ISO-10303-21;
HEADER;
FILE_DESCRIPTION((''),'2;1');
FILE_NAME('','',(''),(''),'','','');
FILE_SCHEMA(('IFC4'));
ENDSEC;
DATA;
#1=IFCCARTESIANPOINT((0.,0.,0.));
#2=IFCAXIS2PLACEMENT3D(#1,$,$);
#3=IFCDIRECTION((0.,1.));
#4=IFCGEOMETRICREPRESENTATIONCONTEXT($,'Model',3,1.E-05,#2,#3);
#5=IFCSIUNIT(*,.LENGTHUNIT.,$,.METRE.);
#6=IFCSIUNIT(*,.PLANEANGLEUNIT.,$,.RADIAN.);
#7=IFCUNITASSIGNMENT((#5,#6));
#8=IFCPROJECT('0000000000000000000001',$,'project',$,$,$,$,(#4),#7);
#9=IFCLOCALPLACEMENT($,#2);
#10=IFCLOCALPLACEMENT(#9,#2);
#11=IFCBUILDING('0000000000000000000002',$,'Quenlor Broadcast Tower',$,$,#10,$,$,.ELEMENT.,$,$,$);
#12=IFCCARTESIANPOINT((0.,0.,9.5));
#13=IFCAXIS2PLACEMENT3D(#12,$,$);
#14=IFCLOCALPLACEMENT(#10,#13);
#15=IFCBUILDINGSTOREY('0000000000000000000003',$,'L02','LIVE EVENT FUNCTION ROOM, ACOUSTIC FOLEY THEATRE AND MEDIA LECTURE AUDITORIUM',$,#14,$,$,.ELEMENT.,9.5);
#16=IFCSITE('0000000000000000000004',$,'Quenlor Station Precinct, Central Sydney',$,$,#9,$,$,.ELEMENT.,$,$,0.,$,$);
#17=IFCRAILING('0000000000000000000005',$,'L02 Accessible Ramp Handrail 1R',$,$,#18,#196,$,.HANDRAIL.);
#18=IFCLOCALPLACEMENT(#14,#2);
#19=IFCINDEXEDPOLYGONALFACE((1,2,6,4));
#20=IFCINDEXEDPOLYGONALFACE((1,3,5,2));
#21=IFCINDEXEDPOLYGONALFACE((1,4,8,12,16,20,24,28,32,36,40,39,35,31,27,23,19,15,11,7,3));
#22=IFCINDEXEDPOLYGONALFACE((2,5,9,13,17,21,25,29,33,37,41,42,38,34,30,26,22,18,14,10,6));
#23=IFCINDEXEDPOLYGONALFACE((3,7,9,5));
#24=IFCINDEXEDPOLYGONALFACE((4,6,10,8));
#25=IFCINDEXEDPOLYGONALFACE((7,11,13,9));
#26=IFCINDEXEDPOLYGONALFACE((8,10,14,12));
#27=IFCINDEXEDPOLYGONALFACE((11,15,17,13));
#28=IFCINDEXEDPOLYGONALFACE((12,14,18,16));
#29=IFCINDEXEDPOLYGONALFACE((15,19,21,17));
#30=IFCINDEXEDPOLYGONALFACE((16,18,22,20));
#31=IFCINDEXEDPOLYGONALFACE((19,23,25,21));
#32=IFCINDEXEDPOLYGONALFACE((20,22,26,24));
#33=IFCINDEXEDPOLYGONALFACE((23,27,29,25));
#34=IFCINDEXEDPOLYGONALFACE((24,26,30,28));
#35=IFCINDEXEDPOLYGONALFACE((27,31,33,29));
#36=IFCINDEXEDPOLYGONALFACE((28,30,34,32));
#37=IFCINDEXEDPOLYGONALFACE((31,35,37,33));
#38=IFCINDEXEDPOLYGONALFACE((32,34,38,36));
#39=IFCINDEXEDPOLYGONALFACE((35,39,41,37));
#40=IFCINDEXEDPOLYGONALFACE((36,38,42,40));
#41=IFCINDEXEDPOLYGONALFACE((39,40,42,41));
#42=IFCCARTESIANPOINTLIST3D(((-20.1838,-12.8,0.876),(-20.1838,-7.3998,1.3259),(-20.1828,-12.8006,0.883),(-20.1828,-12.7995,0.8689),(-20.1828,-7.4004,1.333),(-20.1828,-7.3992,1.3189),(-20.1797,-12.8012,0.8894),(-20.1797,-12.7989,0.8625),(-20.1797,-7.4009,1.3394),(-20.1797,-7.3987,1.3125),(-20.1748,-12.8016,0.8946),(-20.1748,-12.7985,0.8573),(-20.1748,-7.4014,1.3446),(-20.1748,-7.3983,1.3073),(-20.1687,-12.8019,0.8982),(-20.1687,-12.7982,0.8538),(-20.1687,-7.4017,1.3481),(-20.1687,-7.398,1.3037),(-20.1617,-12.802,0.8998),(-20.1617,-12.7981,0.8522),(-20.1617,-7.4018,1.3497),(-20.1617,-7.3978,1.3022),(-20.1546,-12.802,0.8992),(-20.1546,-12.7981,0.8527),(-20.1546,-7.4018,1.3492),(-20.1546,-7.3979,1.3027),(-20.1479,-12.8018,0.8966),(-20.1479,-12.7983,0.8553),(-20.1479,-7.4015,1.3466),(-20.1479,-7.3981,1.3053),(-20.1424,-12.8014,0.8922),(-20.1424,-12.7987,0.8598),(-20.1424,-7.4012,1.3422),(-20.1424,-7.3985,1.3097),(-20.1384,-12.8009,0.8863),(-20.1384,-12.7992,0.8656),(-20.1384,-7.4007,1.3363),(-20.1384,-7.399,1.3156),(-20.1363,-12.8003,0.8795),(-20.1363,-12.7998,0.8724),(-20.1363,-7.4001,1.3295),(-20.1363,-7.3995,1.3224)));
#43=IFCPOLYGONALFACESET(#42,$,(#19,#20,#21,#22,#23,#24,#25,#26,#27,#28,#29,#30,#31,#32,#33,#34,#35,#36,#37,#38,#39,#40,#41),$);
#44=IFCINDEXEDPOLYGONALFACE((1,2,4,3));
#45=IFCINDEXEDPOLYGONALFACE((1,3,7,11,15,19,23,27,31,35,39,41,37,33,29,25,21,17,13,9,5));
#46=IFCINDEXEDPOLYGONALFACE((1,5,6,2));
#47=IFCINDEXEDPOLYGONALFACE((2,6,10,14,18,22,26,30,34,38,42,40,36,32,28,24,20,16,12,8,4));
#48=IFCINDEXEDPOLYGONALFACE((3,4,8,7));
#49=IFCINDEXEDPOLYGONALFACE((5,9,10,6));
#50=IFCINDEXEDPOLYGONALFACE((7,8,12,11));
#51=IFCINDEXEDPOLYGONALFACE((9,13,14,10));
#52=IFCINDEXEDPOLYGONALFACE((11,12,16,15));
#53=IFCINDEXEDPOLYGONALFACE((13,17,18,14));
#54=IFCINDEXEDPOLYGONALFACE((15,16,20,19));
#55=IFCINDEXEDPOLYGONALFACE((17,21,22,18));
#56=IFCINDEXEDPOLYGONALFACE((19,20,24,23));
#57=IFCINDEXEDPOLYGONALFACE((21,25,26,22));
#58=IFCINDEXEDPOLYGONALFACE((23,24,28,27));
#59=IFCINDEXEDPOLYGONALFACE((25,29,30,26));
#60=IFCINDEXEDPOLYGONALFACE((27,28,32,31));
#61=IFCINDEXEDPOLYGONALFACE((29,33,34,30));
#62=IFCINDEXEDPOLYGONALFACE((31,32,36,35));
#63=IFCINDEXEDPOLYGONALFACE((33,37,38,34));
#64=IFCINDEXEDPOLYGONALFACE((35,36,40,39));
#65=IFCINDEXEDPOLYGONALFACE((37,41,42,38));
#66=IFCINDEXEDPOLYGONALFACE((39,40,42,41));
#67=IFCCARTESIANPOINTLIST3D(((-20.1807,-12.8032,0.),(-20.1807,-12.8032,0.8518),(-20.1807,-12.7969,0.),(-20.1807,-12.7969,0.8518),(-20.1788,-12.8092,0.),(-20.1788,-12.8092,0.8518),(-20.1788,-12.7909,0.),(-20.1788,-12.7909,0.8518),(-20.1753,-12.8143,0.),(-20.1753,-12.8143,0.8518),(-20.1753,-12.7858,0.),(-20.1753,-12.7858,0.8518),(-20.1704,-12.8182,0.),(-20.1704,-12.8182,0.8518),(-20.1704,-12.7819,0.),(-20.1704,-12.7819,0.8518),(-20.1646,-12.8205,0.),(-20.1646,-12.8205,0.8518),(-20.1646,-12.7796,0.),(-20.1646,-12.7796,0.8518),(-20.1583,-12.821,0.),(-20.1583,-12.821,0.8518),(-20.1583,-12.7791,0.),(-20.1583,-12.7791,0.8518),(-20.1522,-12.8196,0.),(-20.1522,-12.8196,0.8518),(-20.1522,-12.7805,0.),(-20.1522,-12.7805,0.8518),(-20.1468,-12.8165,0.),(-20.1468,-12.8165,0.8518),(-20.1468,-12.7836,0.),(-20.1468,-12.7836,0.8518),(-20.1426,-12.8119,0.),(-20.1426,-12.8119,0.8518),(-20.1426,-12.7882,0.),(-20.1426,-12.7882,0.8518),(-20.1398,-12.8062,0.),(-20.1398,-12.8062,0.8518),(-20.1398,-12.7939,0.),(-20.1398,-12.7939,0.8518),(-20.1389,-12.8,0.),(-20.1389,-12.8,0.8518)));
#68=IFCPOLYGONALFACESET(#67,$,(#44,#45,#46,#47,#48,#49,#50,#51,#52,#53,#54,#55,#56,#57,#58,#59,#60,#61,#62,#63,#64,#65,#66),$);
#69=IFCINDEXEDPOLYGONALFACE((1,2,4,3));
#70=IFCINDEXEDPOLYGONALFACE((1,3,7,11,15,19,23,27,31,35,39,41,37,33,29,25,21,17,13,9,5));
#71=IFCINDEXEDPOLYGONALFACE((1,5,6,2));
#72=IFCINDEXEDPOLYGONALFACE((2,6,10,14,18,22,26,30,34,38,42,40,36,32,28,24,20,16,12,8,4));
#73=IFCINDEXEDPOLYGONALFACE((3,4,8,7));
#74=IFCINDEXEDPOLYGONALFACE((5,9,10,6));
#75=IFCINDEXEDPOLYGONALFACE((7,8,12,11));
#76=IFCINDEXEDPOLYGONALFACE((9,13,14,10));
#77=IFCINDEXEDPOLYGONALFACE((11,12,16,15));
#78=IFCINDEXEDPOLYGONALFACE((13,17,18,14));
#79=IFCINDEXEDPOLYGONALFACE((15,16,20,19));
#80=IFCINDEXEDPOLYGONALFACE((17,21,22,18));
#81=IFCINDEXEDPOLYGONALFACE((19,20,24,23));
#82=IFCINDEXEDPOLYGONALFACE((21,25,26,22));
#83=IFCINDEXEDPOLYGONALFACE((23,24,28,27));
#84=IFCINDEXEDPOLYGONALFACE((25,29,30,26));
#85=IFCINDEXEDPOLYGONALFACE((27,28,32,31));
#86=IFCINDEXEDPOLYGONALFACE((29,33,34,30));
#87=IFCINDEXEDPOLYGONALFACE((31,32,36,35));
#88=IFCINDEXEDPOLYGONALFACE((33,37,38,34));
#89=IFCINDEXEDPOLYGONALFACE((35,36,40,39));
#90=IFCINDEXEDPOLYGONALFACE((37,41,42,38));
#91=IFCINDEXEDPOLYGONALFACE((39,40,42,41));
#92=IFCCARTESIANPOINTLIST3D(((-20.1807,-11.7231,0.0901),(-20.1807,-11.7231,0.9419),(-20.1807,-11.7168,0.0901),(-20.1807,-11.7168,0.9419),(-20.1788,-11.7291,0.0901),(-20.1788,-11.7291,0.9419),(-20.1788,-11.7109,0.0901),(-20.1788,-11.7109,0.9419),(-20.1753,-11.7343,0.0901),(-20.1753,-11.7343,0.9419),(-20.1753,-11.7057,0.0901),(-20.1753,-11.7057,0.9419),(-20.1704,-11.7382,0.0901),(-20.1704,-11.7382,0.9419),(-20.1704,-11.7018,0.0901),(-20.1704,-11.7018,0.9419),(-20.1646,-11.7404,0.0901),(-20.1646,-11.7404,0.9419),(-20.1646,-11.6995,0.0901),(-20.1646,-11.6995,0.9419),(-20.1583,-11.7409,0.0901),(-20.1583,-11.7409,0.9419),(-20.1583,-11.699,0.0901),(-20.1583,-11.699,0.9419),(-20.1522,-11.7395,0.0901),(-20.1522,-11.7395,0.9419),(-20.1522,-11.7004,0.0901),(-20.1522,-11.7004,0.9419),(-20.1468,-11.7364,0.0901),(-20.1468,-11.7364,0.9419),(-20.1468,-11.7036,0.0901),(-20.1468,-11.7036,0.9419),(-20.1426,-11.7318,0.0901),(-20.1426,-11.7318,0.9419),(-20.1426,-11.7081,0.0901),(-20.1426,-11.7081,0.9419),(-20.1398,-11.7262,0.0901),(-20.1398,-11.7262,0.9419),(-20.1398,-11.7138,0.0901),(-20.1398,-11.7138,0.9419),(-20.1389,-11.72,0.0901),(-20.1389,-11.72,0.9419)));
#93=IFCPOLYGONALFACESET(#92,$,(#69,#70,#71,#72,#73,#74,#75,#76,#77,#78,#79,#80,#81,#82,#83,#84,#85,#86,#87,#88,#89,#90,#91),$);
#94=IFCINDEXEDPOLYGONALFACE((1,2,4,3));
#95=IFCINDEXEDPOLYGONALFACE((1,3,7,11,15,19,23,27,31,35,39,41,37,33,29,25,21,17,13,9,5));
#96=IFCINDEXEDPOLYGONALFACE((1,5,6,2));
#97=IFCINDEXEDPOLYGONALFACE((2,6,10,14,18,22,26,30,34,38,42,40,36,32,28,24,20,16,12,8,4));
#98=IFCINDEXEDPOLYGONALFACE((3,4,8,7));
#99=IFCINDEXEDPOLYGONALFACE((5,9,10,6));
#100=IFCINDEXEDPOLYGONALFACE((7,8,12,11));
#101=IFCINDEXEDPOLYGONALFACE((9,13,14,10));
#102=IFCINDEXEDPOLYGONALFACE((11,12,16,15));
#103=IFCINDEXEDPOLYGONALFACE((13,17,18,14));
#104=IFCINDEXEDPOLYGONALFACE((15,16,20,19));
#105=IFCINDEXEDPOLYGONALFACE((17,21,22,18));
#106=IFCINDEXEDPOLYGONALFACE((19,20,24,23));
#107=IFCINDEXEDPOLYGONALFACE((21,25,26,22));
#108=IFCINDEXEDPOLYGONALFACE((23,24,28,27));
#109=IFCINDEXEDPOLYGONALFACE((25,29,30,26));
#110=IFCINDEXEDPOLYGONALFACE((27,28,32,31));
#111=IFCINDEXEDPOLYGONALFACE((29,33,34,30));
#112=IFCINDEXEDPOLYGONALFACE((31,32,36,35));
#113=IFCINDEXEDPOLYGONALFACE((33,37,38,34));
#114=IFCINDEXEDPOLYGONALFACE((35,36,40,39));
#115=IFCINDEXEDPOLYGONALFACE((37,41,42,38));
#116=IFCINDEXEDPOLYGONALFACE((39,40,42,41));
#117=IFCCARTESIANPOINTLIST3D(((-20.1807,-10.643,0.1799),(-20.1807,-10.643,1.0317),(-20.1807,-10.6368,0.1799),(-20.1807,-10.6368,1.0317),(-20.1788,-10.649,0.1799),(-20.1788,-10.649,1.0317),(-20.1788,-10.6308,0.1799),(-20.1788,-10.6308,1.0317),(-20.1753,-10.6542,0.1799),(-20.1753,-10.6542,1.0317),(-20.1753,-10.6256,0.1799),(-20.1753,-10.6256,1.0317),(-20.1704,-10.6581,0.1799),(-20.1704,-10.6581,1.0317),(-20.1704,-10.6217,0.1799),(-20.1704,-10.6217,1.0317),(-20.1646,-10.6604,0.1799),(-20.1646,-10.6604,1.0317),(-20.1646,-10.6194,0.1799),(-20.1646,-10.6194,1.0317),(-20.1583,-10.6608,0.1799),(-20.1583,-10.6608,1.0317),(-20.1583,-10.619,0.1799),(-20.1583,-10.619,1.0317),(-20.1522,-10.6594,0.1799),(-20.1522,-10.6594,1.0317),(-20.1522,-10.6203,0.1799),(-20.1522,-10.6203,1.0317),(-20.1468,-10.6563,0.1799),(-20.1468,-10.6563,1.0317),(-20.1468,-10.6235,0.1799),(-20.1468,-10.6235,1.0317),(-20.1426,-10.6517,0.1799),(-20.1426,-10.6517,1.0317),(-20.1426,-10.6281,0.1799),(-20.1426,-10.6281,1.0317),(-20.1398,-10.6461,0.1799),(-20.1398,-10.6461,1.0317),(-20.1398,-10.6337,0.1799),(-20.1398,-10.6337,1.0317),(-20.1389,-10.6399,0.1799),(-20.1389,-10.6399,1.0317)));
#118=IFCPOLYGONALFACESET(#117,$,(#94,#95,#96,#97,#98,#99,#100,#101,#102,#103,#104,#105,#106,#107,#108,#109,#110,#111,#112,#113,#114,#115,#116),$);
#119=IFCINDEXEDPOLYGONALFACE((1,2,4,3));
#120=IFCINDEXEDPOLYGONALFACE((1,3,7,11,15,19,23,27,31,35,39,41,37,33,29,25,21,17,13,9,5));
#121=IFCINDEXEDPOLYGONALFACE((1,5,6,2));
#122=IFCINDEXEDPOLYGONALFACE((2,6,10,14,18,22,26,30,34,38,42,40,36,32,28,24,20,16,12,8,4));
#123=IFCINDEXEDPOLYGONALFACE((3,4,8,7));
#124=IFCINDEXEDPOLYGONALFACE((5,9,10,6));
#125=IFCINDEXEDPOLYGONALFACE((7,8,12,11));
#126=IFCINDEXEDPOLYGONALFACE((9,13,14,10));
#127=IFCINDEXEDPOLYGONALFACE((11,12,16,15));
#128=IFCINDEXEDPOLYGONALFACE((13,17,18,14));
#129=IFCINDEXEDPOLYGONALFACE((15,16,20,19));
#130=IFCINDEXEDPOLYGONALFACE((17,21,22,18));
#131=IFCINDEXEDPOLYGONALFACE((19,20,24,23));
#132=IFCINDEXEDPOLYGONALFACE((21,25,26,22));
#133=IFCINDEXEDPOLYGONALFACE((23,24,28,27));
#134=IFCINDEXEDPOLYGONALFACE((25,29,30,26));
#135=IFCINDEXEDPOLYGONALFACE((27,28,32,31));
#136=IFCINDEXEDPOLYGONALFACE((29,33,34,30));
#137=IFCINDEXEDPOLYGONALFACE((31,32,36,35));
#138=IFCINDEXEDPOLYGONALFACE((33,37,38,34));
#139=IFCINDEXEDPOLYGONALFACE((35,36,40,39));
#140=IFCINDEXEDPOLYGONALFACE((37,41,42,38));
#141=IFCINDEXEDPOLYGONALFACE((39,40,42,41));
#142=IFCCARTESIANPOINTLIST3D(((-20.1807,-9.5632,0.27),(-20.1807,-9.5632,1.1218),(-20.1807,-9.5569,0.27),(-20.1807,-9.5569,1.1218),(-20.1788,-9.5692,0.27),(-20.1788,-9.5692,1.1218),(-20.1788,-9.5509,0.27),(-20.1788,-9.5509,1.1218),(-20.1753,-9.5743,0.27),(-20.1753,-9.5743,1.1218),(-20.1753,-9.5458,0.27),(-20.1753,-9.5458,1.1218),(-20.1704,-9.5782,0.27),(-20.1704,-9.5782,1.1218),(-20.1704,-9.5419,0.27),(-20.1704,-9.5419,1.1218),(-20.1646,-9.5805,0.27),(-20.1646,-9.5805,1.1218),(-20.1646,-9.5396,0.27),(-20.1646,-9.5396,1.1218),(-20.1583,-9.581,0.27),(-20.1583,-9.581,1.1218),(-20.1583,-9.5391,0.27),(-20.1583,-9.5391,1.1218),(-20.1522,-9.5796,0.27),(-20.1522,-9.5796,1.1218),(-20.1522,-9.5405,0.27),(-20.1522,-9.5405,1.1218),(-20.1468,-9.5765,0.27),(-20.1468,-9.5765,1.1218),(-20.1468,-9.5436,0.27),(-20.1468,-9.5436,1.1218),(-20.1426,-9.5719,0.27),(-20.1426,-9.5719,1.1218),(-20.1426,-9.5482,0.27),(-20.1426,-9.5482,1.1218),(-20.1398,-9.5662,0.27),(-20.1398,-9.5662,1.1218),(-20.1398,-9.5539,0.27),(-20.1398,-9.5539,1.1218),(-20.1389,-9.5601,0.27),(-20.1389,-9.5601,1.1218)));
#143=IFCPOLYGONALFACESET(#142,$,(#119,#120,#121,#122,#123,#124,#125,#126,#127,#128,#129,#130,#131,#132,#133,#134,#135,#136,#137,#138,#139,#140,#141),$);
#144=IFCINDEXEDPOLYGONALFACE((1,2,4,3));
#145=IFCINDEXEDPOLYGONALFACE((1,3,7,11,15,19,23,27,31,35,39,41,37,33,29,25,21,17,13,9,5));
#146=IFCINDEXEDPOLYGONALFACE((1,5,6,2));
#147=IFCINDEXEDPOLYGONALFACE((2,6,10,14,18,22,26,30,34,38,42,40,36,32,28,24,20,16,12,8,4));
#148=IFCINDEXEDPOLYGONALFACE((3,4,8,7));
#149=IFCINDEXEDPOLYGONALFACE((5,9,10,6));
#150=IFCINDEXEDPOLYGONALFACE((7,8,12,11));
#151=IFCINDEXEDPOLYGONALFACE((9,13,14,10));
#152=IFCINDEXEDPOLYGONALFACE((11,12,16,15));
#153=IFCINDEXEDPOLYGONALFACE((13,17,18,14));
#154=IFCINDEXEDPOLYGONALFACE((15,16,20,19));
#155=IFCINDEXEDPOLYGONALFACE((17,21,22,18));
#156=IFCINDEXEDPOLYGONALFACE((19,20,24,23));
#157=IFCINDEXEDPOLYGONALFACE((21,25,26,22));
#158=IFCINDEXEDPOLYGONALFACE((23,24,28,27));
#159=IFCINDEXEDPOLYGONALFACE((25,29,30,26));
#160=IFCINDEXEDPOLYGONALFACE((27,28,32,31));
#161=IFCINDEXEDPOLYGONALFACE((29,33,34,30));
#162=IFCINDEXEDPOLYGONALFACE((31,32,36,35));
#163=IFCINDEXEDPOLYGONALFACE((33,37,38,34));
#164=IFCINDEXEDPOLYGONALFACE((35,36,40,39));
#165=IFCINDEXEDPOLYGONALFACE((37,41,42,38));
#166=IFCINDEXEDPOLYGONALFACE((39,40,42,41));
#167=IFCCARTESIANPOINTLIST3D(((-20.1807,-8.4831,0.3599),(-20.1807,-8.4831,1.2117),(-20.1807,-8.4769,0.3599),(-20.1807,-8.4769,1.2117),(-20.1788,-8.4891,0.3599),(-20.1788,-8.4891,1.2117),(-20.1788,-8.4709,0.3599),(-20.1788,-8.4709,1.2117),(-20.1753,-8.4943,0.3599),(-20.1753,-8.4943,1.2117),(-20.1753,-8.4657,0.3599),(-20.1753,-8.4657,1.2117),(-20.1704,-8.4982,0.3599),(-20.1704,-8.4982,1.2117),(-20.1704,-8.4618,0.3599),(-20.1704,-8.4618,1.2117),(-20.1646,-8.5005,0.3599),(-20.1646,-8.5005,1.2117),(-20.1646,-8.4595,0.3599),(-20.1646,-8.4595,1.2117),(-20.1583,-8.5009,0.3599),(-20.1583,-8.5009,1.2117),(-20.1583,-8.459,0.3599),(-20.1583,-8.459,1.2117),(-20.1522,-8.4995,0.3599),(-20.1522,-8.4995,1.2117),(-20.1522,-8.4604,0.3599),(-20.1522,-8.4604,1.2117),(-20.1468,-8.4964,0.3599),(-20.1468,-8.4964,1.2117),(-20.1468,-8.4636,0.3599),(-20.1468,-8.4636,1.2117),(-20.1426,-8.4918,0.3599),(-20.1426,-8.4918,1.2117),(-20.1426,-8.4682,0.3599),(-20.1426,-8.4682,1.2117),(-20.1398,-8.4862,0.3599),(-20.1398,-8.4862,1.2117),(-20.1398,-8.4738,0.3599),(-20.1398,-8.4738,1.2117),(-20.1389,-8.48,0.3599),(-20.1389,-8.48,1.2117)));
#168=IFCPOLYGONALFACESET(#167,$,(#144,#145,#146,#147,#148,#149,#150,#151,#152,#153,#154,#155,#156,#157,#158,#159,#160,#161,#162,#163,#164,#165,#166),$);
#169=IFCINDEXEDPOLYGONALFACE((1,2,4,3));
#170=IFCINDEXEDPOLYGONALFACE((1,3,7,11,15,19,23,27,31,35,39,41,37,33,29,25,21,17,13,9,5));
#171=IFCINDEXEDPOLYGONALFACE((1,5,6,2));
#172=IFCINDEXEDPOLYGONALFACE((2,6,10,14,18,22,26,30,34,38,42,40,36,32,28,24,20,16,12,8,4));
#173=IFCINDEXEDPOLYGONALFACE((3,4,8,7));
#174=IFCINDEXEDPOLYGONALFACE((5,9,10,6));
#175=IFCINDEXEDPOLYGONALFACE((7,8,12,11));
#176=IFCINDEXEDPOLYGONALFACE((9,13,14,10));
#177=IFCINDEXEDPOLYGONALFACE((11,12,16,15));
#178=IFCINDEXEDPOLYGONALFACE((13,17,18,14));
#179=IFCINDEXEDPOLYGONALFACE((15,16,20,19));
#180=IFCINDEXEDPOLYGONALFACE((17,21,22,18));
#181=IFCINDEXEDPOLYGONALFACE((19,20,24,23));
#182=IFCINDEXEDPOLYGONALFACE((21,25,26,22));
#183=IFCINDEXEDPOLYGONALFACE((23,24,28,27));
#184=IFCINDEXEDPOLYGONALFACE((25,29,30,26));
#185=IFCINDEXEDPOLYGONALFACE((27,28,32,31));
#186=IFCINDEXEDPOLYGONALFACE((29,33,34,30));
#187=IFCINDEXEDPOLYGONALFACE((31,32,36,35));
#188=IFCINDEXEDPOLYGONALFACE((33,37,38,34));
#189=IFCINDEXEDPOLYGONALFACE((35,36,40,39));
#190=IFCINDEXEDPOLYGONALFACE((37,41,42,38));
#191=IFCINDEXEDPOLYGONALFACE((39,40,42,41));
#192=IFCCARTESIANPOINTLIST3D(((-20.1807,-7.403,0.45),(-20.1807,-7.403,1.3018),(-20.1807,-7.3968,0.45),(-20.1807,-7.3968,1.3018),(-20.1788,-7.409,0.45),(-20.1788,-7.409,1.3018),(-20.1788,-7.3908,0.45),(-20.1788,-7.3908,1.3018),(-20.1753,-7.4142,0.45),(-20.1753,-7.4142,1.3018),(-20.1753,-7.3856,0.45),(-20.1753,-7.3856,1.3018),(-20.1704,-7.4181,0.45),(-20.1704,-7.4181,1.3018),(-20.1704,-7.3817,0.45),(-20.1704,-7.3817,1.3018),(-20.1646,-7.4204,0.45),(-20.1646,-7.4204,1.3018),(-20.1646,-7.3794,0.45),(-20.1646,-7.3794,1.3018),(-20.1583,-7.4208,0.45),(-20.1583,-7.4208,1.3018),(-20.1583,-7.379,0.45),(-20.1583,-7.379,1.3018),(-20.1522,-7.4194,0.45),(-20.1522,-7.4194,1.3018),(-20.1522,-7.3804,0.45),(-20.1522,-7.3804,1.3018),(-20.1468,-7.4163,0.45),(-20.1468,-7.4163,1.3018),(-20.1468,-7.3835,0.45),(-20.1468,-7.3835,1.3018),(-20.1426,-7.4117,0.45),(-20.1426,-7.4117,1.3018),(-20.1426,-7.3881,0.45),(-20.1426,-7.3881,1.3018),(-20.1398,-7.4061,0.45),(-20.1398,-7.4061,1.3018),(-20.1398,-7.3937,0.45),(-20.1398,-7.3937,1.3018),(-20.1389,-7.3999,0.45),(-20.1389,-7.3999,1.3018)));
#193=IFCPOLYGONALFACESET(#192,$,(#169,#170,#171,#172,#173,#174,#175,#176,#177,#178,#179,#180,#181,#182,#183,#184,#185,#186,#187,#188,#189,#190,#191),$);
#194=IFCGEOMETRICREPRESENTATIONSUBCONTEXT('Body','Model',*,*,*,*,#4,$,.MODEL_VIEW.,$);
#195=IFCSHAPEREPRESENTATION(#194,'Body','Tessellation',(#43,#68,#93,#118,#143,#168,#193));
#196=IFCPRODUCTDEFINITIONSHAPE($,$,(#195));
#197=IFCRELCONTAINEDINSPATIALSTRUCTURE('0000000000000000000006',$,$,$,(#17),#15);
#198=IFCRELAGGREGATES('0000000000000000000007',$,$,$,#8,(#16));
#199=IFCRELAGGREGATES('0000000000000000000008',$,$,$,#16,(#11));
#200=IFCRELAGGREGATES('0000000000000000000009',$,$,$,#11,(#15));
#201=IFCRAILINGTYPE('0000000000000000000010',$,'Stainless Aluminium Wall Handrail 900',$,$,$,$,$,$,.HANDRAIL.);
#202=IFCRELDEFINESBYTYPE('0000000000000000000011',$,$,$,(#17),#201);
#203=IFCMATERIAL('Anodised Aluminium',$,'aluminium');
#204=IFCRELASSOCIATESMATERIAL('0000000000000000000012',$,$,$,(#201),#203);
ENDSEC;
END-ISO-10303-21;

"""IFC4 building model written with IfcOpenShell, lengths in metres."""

from ifc_helpers import new_model, si_unit, direction, frame, origin, origin_2d, place, context, subcontext, project, spatial, circle, extrude, material, type_object, element, save


model = new_model("IFC4")

# Units and contexts
model_context = context("Model", 3, precision=1e-05, world=origin(), true_north=direction((0.0, 1.0)))
body_context = subcontext(model_context, "Body", "Model", "MODEL_VIEW")
ifc_project = project(units=[si_unit("LENGTHUNIT", "METRE"), si_unit("PLANEANGLEUNIT", "RADIAN")], contexts=[model_context])

# Site, building, storey
site_placement = place(None, origin())
site = spatial("IfcSite", under=ifc_project, at=site_placement, Name="Quenlor Station Precinct, Central Sydney", CompositionType="ELEMENT", RefElevation=0.0)
building_placement = place(site_placement, origin())
building = spatial("IfcBuilding", under=site, at=building_placement, Name="Quenlor Broadcast Tower", CompositionType="ELEMENT")
storey_placement = place(building_placement, frame((0.0, 0.0, 9.5)))
storey = spatial("IfcBuildingStorey", under=building, at=storey_placement, Name="L02", Description="LIVE EVENT FUNCTION ROOM, ACOUSTIC FOLEY THEATRE AND MEDIA LECTURE AUDITORIUM", CompositionType="ELEMENT", Elevation=9.5)

# Railing
ifc_material_1 = material(Name="Anodised Aluminium", Category="aluminium")
railing_type = type_object("IfcRailingType", Name="Stainless Aluminium Wall Handrail 900", PredefinedType="HANDRAIL", material=ifc_material_1)
for number, where, name in (
    (1, (-20.1599, -12.8, 0.0), "L02 Accessible Ramp Handrail 1R"),
):
    element("IfcRailing", number, at=place(storey_placement, frame(where)), inside=storey, type_object=railing_type, Name=name, PredefinedType="HANDRAIL", context=body_context, shape_type="SweptSolid", body=[
        extrude(circle(Radius=0.0239, at=origin_2d()), frame((0.0, 0.0, 0.876), z_axis=(0.0, 0.996547, 0.083034), x_axis=(-1.0, 0.0, 0.0)), (0.0, 0.0, 1.0), 5.4189),
        extrude(circle(Radius=0.021, at=origin_2d()), origin(), (0.0, 0.0, 1.0), 0.8518),
        extrude(circle(Radius=0.021, at=origin_2d()), frame((0.0, 1.0801, 0.0901)), (0.0, 0.0, 1.0), 0.8518),
        extrude(circle(Radius=0.021, at=origin_2d()), frame((0.0, 2.1602, 0.1799)), (0.0, 0.0, 1.0), 0.8518),
        extrude(circle(Radius=0.021, at=origin_2d()), frame((0.0, 3.24, 0.27)), (0.0, 0.0, 1.0), 0.8518),
        extrude(circle(Radius=0.021, at=origin_2d()), frame((0.0, 4.3201, 0.3599)), (0.0, 0.0, 1.0), 0.8518),
        extrude(circle(Radius=0.021, at=origin_2d()), frame((0.0, 5.4001, 0.45)), (0.0, 0.0, 1.0), 0.8518),
    ])

save(model, "model.ifc")
